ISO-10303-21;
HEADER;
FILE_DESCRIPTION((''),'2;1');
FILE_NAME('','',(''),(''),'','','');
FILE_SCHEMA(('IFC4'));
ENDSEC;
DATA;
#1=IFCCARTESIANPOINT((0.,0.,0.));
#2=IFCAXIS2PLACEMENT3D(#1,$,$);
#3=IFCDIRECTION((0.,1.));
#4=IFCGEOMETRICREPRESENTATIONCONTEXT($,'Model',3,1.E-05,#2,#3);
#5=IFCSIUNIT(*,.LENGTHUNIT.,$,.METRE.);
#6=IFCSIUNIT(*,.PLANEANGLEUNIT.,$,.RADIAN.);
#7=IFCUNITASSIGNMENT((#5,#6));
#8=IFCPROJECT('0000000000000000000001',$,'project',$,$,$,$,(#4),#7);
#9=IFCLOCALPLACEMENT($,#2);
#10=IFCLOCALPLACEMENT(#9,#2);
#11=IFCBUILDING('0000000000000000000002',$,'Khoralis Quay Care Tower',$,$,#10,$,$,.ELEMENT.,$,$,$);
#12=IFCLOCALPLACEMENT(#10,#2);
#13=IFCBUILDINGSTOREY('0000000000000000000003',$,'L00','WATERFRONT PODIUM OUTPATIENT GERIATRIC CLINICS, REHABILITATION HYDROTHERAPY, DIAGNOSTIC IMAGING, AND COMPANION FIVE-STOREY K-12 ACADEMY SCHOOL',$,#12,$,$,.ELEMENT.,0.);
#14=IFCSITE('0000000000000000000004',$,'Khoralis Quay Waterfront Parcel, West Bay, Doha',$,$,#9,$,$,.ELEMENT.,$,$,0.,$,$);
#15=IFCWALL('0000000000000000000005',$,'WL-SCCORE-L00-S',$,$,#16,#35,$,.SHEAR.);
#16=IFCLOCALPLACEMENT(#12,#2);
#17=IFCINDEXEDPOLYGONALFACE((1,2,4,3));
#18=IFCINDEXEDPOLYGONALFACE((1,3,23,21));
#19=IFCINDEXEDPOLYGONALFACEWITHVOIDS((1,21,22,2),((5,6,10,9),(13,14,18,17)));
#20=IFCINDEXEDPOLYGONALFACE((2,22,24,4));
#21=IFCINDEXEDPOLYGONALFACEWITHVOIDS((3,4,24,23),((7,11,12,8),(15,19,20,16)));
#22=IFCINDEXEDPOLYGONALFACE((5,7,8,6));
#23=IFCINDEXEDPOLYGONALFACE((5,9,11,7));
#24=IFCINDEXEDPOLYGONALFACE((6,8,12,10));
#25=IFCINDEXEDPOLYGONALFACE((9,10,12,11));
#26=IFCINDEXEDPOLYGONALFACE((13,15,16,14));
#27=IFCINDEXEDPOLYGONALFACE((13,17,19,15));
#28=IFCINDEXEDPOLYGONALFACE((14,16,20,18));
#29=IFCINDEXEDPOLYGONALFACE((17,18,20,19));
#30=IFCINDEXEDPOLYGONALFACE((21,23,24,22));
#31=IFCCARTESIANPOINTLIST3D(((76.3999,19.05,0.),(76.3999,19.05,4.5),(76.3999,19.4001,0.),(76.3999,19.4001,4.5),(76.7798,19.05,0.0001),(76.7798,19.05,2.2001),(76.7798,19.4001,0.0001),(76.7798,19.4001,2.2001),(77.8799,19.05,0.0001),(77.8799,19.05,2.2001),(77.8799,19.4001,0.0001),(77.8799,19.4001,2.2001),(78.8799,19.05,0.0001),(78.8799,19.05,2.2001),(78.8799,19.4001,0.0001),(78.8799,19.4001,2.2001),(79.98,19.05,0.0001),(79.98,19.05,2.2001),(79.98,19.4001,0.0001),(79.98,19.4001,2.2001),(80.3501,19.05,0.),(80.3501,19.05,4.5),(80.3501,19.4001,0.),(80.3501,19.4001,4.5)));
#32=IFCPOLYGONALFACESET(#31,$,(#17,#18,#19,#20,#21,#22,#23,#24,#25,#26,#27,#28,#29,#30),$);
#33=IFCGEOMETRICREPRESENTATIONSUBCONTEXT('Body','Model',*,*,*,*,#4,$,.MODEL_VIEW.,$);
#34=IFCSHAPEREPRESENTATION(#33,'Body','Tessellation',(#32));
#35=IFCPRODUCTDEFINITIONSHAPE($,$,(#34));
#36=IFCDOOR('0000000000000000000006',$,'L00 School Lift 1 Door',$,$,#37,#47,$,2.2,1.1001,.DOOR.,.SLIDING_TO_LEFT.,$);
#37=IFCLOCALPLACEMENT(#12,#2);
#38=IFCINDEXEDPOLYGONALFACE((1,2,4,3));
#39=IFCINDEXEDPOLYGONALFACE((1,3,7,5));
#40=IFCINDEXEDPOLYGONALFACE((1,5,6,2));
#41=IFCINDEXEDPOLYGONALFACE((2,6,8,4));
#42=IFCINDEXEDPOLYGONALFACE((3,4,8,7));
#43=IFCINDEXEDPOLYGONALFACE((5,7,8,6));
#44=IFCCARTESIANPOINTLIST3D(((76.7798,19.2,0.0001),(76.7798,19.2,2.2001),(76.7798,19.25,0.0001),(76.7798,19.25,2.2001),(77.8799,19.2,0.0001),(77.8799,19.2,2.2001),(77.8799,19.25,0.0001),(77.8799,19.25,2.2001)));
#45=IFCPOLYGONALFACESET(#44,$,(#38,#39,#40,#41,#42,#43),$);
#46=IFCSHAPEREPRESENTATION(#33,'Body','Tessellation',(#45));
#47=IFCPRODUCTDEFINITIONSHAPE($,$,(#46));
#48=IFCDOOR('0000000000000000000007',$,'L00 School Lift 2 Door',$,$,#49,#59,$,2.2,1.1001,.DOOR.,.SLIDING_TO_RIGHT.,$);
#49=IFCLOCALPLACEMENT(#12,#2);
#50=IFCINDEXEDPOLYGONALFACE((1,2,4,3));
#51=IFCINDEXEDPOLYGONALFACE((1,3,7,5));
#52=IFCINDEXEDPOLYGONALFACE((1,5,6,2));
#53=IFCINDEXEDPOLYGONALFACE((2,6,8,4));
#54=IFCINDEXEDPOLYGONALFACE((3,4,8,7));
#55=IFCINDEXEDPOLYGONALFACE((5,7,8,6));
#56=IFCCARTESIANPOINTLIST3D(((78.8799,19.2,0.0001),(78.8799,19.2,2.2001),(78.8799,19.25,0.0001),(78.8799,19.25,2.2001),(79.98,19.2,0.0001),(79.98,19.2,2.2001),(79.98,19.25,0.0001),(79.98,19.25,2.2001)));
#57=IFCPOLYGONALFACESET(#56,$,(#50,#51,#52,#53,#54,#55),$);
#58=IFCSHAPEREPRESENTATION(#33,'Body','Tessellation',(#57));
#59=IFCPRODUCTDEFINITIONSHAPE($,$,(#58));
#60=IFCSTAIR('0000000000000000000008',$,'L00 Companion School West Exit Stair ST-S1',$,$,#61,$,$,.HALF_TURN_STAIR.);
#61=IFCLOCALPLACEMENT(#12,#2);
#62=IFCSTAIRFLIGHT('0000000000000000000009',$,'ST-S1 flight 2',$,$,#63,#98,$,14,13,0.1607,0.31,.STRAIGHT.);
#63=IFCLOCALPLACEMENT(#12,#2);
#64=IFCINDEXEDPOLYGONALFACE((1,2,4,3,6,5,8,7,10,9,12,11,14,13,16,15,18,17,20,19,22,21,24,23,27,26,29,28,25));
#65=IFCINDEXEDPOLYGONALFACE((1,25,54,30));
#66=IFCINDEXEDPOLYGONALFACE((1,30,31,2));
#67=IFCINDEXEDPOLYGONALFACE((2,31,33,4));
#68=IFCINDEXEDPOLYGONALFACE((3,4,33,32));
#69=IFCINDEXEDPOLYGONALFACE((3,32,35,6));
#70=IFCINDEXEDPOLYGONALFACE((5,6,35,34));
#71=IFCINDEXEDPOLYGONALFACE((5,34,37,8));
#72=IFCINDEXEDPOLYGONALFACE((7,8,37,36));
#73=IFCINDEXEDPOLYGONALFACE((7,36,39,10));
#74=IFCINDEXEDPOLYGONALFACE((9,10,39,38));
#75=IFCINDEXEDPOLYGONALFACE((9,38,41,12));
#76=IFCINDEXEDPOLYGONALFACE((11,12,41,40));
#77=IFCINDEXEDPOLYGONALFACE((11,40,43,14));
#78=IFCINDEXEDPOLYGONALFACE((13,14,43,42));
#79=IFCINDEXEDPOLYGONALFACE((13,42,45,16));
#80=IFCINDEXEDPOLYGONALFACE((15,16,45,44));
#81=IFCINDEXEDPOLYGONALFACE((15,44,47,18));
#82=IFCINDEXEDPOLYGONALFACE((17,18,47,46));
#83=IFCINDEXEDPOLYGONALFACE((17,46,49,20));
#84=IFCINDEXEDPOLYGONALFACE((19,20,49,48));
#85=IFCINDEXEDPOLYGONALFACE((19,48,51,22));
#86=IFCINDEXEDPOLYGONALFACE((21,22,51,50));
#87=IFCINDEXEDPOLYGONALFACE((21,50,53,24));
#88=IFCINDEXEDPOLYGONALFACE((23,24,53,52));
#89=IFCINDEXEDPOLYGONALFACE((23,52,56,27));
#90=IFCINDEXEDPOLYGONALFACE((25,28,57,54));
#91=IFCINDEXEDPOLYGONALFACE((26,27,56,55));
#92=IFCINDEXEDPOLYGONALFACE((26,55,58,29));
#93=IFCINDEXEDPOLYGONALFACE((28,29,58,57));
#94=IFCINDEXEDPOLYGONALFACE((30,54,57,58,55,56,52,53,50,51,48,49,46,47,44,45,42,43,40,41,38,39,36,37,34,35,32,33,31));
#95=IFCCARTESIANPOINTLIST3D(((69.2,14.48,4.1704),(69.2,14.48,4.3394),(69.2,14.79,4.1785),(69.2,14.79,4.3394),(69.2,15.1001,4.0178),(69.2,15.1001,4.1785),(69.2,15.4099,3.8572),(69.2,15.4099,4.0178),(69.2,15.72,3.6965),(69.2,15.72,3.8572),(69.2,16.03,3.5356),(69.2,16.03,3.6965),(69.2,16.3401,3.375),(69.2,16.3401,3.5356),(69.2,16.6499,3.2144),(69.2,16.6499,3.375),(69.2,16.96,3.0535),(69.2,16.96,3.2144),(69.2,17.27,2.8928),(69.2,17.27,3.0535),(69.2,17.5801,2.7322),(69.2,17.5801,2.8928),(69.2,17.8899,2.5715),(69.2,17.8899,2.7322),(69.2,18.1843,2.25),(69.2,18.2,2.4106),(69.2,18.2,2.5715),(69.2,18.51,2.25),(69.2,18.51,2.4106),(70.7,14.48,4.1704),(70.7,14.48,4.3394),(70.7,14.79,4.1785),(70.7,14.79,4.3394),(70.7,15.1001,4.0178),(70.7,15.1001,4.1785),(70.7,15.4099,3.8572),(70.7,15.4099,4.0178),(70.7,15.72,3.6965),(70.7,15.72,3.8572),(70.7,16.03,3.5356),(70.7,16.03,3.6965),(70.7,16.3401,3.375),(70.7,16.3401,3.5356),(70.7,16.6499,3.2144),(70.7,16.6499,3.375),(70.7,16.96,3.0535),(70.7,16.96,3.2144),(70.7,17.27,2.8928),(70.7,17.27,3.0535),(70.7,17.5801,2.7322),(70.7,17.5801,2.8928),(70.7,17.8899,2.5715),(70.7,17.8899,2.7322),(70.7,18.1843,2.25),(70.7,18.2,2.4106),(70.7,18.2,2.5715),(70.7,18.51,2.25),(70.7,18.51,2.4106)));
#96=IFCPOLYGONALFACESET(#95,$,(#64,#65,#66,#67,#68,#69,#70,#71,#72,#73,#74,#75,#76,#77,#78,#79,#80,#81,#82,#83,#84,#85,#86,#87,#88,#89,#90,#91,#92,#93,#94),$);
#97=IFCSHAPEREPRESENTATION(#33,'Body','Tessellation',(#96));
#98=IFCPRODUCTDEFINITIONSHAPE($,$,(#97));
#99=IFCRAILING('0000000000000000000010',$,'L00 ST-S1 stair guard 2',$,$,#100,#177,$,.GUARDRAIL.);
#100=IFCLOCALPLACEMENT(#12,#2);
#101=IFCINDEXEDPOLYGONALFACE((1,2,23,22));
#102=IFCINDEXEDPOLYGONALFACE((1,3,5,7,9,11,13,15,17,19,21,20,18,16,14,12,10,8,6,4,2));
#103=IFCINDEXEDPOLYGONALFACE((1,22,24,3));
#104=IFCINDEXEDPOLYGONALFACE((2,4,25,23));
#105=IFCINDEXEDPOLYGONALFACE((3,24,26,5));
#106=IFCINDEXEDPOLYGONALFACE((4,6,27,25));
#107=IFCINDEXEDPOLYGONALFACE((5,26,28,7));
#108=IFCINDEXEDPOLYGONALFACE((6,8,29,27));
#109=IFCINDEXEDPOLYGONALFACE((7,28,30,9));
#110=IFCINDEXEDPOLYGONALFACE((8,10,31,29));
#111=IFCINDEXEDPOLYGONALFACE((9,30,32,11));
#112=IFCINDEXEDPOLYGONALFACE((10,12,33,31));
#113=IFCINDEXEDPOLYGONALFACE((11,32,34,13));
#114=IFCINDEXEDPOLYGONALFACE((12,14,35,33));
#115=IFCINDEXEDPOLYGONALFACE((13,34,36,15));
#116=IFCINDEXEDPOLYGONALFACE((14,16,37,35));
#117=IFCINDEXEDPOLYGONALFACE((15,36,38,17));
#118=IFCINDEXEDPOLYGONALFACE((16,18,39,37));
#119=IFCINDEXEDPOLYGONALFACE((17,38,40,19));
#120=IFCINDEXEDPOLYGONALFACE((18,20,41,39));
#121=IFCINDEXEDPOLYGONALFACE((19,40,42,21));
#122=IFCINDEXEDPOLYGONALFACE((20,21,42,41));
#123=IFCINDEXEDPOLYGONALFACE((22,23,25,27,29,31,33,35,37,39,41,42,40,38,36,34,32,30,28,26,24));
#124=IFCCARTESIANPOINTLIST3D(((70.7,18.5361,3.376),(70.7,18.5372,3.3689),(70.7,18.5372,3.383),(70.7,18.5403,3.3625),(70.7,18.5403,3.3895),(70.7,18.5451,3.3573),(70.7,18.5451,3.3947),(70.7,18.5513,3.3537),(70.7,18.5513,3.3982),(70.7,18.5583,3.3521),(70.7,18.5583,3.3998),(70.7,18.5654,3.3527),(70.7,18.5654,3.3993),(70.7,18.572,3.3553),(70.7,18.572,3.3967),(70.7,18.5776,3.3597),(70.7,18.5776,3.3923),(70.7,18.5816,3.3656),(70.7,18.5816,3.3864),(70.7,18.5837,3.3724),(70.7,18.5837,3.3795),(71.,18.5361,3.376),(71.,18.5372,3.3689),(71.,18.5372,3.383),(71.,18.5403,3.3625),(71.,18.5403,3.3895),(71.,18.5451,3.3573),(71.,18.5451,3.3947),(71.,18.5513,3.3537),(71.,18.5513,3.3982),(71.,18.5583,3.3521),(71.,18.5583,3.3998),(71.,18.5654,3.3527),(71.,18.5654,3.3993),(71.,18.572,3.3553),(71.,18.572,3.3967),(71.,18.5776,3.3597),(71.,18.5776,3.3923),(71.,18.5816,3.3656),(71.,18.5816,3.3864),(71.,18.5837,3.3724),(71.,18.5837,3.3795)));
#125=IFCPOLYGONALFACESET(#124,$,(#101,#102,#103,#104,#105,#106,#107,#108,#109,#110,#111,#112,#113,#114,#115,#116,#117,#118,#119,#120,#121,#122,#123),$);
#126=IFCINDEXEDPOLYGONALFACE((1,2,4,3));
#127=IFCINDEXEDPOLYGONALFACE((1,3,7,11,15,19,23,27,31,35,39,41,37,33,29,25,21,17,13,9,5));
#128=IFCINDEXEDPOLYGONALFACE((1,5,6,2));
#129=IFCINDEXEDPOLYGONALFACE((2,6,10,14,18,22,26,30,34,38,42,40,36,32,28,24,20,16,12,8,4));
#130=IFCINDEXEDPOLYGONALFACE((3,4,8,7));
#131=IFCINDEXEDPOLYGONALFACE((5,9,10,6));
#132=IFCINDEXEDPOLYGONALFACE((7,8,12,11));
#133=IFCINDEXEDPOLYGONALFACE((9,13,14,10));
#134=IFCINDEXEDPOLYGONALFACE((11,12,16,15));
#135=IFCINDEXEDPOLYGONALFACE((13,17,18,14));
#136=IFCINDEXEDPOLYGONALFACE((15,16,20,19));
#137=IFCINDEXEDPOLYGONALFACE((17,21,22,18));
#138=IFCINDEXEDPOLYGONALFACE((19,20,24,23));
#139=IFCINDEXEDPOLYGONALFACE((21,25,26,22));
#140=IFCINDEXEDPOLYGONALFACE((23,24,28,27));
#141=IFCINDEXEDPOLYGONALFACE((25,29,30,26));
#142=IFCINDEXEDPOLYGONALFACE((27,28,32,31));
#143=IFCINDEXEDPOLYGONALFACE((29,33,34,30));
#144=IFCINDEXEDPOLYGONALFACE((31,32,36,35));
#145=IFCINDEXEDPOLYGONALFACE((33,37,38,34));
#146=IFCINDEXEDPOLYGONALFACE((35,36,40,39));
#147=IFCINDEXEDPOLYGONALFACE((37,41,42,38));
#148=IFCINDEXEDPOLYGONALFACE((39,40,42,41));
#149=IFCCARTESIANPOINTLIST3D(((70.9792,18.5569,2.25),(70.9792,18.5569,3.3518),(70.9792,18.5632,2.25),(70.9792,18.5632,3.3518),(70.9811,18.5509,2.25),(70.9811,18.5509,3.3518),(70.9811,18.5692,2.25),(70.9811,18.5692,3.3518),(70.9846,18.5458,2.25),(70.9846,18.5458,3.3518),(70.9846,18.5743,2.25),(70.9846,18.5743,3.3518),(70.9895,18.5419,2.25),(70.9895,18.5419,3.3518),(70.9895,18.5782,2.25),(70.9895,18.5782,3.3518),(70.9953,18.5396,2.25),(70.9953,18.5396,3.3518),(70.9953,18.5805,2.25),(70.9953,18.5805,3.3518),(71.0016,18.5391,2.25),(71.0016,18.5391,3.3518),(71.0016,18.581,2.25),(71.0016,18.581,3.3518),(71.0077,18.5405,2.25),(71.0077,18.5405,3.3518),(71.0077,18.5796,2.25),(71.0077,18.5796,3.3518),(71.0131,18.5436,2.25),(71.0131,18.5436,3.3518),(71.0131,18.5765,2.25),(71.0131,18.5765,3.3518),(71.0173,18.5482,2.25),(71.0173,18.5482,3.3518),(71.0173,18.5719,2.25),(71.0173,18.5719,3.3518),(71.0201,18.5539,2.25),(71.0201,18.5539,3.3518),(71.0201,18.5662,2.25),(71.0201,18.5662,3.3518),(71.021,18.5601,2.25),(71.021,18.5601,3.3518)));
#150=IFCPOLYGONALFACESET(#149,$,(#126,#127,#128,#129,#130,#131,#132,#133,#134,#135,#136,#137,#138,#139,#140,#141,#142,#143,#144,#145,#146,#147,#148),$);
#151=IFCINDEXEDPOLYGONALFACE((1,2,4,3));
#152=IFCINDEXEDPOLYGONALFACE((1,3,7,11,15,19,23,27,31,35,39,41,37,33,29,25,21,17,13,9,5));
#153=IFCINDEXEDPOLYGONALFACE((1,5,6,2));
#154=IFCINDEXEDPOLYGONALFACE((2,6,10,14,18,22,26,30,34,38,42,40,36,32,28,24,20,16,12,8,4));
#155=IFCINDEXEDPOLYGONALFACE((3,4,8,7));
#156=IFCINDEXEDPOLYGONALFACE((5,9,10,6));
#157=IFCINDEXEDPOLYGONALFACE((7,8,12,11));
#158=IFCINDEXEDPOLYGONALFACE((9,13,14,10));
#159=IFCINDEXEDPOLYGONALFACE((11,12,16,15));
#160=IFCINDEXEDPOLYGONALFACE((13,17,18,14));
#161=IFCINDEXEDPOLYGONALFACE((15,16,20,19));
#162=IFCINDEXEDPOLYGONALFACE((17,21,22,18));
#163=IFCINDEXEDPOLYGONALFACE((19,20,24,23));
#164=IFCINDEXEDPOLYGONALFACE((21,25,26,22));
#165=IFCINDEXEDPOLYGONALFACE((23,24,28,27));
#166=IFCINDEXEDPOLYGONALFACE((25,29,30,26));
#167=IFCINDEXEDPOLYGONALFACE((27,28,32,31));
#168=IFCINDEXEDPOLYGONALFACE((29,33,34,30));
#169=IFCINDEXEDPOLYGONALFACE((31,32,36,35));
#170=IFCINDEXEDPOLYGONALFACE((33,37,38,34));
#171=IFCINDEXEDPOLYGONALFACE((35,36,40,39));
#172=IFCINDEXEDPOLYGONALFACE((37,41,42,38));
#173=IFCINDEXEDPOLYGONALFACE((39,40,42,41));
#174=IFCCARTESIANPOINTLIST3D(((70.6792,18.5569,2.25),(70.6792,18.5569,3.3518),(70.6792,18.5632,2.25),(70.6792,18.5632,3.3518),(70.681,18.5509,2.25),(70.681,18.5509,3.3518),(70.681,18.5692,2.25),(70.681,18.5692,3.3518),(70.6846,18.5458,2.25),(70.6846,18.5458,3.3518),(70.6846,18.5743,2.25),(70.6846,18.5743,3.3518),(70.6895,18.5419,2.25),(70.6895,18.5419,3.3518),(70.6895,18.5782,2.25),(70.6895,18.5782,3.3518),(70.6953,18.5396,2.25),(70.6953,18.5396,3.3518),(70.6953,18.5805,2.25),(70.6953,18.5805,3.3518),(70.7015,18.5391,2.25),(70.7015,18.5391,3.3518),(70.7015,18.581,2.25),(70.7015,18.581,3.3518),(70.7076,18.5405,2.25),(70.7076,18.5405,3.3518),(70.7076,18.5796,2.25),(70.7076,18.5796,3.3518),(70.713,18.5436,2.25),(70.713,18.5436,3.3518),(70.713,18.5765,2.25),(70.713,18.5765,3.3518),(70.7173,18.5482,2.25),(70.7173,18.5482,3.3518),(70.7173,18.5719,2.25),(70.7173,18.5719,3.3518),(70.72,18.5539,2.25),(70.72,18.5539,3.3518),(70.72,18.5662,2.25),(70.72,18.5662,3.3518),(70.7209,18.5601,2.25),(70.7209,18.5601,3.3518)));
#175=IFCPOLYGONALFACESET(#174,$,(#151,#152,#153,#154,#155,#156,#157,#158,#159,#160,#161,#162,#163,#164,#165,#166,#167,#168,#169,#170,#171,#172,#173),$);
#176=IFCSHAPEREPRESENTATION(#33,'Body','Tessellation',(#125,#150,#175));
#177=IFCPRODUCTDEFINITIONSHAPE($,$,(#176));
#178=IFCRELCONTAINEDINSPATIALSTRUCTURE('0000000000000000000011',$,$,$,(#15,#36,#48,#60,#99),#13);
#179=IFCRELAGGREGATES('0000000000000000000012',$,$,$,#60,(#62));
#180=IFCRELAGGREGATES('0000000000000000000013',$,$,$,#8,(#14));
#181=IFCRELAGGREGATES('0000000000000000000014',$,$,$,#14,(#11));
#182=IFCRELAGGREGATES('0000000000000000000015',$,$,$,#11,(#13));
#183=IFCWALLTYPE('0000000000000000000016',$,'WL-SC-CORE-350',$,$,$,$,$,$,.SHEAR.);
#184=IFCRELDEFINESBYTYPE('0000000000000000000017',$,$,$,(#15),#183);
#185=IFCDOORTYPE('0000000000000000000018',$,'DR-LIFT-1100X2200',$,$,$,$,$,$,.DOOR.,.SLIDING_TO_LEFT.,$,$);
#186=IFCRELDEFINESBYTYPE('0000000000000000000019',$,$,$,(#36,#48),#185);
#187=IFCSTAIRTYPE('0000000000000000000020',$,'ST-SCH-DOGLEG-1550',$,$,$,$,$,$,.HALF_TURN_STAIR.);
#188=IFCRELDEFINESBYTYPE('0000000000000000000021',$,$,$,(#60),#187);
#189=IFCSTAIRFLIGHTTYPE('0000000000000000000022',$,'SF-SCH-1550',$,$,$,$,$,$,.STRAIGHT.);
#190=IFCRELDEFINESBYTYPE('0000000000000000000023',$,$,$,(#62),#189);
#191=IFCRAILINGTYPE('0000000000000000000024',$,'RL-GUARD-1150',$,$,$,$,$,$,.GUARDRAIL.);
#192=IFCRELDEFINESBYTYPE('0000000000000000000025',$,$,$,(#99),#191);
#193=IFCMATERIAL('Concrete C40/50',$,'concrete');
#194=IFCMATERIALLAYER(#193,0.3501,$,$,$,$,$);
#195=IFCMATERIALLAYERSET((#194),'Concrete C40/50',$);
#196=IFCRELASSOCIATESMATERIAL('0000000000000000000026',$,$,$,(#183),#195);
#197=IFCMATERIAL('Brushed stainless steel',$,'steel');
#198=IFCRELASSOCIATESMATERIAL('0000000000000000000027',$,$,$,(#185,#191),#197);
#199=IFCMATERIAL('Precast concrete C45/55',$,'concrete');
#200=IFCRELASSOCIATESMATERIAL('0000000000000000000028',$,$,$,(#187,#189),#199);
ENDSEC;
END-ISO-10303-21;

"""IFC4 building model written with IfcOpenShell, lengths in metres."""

from ifc_helpers import new_model, si_unit, direction, frame, frame_2d, origin, origin_2d, place, context, subcontext, project, spatial, polyline, rectangle, circle, outline, extrude, source, transform, mapped, material, layer, layer_set, type_object, element, fill, aggregate, save


model = new_model("IFC4")

# Units and contexts
model_context = context("Model", 3, precision=1e-05, world=origin(), true_north=direction((0.0, 1.0)))
body_context = subcontext(model_context, "Body", "Model", "MODEL_VIEW")
ifc_project = project(units=[si_unit("LENGTHUNIT", "METRE"), si_unit("PLANEANGLEUNIT", "RADIAN")], contexts=[model_context])

# Site, building, storey
site_placement = place(None, origin())
site = spatial("IfcSite", under=ifc_project, at=site_placement, Name="Khoralis Quay Waterfront Parcel, West Bay, Doha", CompositionType="ELEMENT", RefElevation=0.0)
building_placement = place(site_placement, origin())
building = spatial("IfcBuilding", under=site, at=building_placement, Name="Khoralis Quay Care Tower", CompositionType="ELEMENT")
storey_placement = place(building_placement, origin())
storey = spatial("IfcBuildingStorey", under=building, at=storey_placement, Name="L00", Description="WATERFRONT PODIUM OUTPATIENT GERIATRIC CLINICS, REHABILITATION HYDROTHERAPY, DIAGNOSTIC IMAGING, AND COMPANION FIVE-STOREY K-12 ACADEMY SCHOOL", CompositionType="ELEMENT", Elevation=0.0)

# Shared definitions
ifc_material_1 = material(Name="Concrete C40/50", Category="concrete")

# Shared definitions
ifc_layer_1 = layer(ifc_material_1, 0.3501)
ifc_layer_set_1 = layer_set([ifc_layer_1], Name="Concrete C40/50")
wall_type_1 = type_object("IfcWallType", Name="WL-SC-CORE-350", PredefinedType="SHEAR", material=ifc_layer_set_1)

# Wall, openings, doors
wall_1_placement = place(storey_placement, frame((76.3999, 19.2251, 0.0), z_axis=(0.0, 0.0, 1.0), x_axis=(1.0, 0.0, 0.0)))
wall_1 = element("IfcWall", 1, at=wall_1_placement, inside=storey, type_object=wall_type_1, Name="WL-SCCORE-L00-S", PredefinedType="SHEAR", context=body_context, shape_type="SweptSolid", body=[
    extrude(rectangle(XDim=3.9502, YDim=0.3501, at=frame_2d((1.9751, 0.0))), origin(), (0.0, 0.0, 1.0), 4.5),
])
opening_1_placement = place(wall_1_placement, frame((0.3799, 0.0, 0.0)))
opening_1 = element("IfcOpeningElement", 2, at=opening_1_placement, cuts=wall_1, PredefinedType="OPENING", context=body_context, shape_type="SweptSolid", body=[
    extrude(rectangle(XDim=1.1001, YDim=2.2, at=frame_2d((0.55, 1.1001))), frame((0.0, 0.1851, 0.0), z_axis=(0.0, -1.0, 0.0), x_axis=(1.0, 0.0, 0.0)), (0.0, 0.0, 1.0), 0.3701),
])
opening_2_placement = place(wall_1_placement, frame((2.48, 0.0, 0.0)))
opening_2 = element("IfcOpeningElement", 3, at=opening_2_placement, cuts=wall_1, PredefinedType="OPENING", context=body_context, shape_type="SweptSolid", body=[
    extrude(rectangle(XDim=1.1001, YDim=2.2, at=frame_2d((0.55, 1.1001))), frame((0.0, 0.1851, 0.0), z_axis=(0.0, -1.0, 0.0), x_axis=(1.0, 0.0, 0.0)), (0.0, 0.0, 1.0), 0.3701),
])
ifc_material_2 = material(Name="Brushed stainless steel", Category="steel")
door_type_1 = type_object("IfcDoorType", Name="DR-LIFT-1100X2200", OperationType="SLIDING_TO_LEFT", PredefinedType="DOOR", material=ifc_material_2)
shared_shape_1 = source(origin(), body_context, "Body", "SweptSolid", [
    extrude(rectangle(XDim=1.1001, YDim=2.2, at=frame_2d((0.55, 1.1001))), frame((0.0, 0.0249, 0.0), z_axis=(0.0, -1.0, 0.0), x_axis=(1.0, 0.0, 0.0)), (0.0, 0.0, 1.0), 0.05),
])
door_1_placement = place(opening_1_placement, origin())
door_1 = element("IfcDoor", 4, at=door_1_placement, inside=storey, type_object=door_type_1, Name="L00 School Lift 1 Door", OperationType="SLIDING_TO_LEFT", OverallHeight=2.2, OverallWidth=1.1001, PredefinedType="DOOR", context=body_context, shape_type="MappedRepresentation", body=[
    mapped(shared_shape_1, transform((0.0, 0.0, 0.0), scale=1.0)),
])
fill(opening_1, door_1)
door_2_placement = place(opening_2_placement, origin())
door_2 = element("IfcDoor", 5, at=door_2_placement, inside=storey, type_object=door_type_1, Name="L00 School Lift 2 Door", OperationType="SLIDING_TO_RIGHT", OverallHeight=2.2, OverallWidth=1.1001, PredefinedType="DOOR", context=body_context, shape_type="MappedRepresentation", body=[
    mapped(shared_shape_1, transform((0.0, 0.0, 0.0), scale=1.0)),
])
fill(opening_2, door_2)

# Stair, stair flight
ifc_material_3 = material(Name="Precast concrete C45/55", Category="concrete")
stair_type = type_object("IfcStairType", Name="ST-SCH-DOGLEG-1550", PredefinedType="HALF_TURN_STAIR", material=ifc_material_3)
stair_placement = place(storey_placement, origin())
stair = element("IfcStair", 6, at=stair_placement, inside=storey, type_object=stair_type, Name="L00 Companion School West Exit Stair ST-S1", PredefinedType="HALF_TURN_STAIR")
stair_flight_type = type_object("IfcStairFlightType", Name="SF-SCH-1550", PredefinedType="STRAIGHT", material=ifc_material_3)
shared_shape_2 = source(origin(), body_context, "Body", "SweptSolid", [
    extrude(outline(polyline([(0.0, 0.0), (0.0, 0.1606), (0.3101, 0.1606), (0.3101, 0.3215), (0.6201, 0.3215), (0.6201, 0.4822), (0.9299, 0.4822), (0.9299, 0.6428), (1.24, 0.6428), (1.24, 0.8035), (1.55, 0.8035), (1.55, 0.9644), (1.8601, 0.9644), (1.8601, 1.125), (2.1699, 1.125), (2.1699, 1.2856), (2.48, 1.2856), (2.48, 1.4465), (2.79, 1.4465), (2.79, 1.6072), (3.1001, 1.6072), (3.1001, 1.7678), (3.4099, 1.7678), (3.4099, 1.9285), (3.72, 1.9285), (3.72, 2.0894), (4.03, 2.0894), (4.03, 2.25), (4.03, 1.9204), (0.3257, 0.0), (0.0, 0.0)])), frame((0.0, 0.75, 0.0), z_axis=(0.0, -1.0, 0.0), x_axis=(1.0, 0.0, 0.0)), (0.0, 0.0, 1.0), 1.5),
])
stair_flight_placement = place(storey_placement, frame((69.95, 18.51, 2.25), z_axis=(0.0, 0.0, 1.0), x_axis=(0.0, -1.0, 0.0)))
stair_flight = element("IfcStairFlight", 7, at=stair_flight_placement, type_object=stair_flight_type, Name="ST-S1 flight 2", NumberOfRisers=14, NumberOfTreads=13, PredefinedType="STRAIGHT", RiserHeight=0.1607, TreadLength=0.31, context=body_context, shape_type="MappedRepresentation", body=[
    mapped(shared_shape_2, transform((0.0, 0.0, 0.0), scale=1.0)),
])
aggregate(stair, [stair_flight])

# Railing
railing_type_1 = type_object("IfcRailingType", Name="RL-GUARD-1150", PredefinedType="GUARDRAIL", material=ifc_material_2)
railing_1_placement = place(storey_placement, frame((71.0, 18.5601, 2.25)))
element("IfcRailing", 8, at=railing_1_placement, inside=storey, type_object=railing_type_1, Name="L00 ST-S1 stair guard 2", PredefinedType="GUARDRAIL", context=body_context, shape_type="SweptSolid", body=[
    extrude(circle(Radius=0.0239, at=origin_2d()), frame((0.0, 0.0, 1.126), z_axis=(-1.0, 0.0, 0.0), x_axis=(0.0, -1.0, 0.0)), (0.0, 0.0, 1.0), 0.3),
    extrude(circle(Radius=0.021, at=origin_2d()), origin(), (0.0, 0.0, 1.0), 1.1018),
    extrude(circle(Radius=0.021, at=origin_2d()), frame((-0.3, 0.0, 0.0)), (0.0, 0.0, 1.0), 1.1018),
])

save(model, "model.ifc")
